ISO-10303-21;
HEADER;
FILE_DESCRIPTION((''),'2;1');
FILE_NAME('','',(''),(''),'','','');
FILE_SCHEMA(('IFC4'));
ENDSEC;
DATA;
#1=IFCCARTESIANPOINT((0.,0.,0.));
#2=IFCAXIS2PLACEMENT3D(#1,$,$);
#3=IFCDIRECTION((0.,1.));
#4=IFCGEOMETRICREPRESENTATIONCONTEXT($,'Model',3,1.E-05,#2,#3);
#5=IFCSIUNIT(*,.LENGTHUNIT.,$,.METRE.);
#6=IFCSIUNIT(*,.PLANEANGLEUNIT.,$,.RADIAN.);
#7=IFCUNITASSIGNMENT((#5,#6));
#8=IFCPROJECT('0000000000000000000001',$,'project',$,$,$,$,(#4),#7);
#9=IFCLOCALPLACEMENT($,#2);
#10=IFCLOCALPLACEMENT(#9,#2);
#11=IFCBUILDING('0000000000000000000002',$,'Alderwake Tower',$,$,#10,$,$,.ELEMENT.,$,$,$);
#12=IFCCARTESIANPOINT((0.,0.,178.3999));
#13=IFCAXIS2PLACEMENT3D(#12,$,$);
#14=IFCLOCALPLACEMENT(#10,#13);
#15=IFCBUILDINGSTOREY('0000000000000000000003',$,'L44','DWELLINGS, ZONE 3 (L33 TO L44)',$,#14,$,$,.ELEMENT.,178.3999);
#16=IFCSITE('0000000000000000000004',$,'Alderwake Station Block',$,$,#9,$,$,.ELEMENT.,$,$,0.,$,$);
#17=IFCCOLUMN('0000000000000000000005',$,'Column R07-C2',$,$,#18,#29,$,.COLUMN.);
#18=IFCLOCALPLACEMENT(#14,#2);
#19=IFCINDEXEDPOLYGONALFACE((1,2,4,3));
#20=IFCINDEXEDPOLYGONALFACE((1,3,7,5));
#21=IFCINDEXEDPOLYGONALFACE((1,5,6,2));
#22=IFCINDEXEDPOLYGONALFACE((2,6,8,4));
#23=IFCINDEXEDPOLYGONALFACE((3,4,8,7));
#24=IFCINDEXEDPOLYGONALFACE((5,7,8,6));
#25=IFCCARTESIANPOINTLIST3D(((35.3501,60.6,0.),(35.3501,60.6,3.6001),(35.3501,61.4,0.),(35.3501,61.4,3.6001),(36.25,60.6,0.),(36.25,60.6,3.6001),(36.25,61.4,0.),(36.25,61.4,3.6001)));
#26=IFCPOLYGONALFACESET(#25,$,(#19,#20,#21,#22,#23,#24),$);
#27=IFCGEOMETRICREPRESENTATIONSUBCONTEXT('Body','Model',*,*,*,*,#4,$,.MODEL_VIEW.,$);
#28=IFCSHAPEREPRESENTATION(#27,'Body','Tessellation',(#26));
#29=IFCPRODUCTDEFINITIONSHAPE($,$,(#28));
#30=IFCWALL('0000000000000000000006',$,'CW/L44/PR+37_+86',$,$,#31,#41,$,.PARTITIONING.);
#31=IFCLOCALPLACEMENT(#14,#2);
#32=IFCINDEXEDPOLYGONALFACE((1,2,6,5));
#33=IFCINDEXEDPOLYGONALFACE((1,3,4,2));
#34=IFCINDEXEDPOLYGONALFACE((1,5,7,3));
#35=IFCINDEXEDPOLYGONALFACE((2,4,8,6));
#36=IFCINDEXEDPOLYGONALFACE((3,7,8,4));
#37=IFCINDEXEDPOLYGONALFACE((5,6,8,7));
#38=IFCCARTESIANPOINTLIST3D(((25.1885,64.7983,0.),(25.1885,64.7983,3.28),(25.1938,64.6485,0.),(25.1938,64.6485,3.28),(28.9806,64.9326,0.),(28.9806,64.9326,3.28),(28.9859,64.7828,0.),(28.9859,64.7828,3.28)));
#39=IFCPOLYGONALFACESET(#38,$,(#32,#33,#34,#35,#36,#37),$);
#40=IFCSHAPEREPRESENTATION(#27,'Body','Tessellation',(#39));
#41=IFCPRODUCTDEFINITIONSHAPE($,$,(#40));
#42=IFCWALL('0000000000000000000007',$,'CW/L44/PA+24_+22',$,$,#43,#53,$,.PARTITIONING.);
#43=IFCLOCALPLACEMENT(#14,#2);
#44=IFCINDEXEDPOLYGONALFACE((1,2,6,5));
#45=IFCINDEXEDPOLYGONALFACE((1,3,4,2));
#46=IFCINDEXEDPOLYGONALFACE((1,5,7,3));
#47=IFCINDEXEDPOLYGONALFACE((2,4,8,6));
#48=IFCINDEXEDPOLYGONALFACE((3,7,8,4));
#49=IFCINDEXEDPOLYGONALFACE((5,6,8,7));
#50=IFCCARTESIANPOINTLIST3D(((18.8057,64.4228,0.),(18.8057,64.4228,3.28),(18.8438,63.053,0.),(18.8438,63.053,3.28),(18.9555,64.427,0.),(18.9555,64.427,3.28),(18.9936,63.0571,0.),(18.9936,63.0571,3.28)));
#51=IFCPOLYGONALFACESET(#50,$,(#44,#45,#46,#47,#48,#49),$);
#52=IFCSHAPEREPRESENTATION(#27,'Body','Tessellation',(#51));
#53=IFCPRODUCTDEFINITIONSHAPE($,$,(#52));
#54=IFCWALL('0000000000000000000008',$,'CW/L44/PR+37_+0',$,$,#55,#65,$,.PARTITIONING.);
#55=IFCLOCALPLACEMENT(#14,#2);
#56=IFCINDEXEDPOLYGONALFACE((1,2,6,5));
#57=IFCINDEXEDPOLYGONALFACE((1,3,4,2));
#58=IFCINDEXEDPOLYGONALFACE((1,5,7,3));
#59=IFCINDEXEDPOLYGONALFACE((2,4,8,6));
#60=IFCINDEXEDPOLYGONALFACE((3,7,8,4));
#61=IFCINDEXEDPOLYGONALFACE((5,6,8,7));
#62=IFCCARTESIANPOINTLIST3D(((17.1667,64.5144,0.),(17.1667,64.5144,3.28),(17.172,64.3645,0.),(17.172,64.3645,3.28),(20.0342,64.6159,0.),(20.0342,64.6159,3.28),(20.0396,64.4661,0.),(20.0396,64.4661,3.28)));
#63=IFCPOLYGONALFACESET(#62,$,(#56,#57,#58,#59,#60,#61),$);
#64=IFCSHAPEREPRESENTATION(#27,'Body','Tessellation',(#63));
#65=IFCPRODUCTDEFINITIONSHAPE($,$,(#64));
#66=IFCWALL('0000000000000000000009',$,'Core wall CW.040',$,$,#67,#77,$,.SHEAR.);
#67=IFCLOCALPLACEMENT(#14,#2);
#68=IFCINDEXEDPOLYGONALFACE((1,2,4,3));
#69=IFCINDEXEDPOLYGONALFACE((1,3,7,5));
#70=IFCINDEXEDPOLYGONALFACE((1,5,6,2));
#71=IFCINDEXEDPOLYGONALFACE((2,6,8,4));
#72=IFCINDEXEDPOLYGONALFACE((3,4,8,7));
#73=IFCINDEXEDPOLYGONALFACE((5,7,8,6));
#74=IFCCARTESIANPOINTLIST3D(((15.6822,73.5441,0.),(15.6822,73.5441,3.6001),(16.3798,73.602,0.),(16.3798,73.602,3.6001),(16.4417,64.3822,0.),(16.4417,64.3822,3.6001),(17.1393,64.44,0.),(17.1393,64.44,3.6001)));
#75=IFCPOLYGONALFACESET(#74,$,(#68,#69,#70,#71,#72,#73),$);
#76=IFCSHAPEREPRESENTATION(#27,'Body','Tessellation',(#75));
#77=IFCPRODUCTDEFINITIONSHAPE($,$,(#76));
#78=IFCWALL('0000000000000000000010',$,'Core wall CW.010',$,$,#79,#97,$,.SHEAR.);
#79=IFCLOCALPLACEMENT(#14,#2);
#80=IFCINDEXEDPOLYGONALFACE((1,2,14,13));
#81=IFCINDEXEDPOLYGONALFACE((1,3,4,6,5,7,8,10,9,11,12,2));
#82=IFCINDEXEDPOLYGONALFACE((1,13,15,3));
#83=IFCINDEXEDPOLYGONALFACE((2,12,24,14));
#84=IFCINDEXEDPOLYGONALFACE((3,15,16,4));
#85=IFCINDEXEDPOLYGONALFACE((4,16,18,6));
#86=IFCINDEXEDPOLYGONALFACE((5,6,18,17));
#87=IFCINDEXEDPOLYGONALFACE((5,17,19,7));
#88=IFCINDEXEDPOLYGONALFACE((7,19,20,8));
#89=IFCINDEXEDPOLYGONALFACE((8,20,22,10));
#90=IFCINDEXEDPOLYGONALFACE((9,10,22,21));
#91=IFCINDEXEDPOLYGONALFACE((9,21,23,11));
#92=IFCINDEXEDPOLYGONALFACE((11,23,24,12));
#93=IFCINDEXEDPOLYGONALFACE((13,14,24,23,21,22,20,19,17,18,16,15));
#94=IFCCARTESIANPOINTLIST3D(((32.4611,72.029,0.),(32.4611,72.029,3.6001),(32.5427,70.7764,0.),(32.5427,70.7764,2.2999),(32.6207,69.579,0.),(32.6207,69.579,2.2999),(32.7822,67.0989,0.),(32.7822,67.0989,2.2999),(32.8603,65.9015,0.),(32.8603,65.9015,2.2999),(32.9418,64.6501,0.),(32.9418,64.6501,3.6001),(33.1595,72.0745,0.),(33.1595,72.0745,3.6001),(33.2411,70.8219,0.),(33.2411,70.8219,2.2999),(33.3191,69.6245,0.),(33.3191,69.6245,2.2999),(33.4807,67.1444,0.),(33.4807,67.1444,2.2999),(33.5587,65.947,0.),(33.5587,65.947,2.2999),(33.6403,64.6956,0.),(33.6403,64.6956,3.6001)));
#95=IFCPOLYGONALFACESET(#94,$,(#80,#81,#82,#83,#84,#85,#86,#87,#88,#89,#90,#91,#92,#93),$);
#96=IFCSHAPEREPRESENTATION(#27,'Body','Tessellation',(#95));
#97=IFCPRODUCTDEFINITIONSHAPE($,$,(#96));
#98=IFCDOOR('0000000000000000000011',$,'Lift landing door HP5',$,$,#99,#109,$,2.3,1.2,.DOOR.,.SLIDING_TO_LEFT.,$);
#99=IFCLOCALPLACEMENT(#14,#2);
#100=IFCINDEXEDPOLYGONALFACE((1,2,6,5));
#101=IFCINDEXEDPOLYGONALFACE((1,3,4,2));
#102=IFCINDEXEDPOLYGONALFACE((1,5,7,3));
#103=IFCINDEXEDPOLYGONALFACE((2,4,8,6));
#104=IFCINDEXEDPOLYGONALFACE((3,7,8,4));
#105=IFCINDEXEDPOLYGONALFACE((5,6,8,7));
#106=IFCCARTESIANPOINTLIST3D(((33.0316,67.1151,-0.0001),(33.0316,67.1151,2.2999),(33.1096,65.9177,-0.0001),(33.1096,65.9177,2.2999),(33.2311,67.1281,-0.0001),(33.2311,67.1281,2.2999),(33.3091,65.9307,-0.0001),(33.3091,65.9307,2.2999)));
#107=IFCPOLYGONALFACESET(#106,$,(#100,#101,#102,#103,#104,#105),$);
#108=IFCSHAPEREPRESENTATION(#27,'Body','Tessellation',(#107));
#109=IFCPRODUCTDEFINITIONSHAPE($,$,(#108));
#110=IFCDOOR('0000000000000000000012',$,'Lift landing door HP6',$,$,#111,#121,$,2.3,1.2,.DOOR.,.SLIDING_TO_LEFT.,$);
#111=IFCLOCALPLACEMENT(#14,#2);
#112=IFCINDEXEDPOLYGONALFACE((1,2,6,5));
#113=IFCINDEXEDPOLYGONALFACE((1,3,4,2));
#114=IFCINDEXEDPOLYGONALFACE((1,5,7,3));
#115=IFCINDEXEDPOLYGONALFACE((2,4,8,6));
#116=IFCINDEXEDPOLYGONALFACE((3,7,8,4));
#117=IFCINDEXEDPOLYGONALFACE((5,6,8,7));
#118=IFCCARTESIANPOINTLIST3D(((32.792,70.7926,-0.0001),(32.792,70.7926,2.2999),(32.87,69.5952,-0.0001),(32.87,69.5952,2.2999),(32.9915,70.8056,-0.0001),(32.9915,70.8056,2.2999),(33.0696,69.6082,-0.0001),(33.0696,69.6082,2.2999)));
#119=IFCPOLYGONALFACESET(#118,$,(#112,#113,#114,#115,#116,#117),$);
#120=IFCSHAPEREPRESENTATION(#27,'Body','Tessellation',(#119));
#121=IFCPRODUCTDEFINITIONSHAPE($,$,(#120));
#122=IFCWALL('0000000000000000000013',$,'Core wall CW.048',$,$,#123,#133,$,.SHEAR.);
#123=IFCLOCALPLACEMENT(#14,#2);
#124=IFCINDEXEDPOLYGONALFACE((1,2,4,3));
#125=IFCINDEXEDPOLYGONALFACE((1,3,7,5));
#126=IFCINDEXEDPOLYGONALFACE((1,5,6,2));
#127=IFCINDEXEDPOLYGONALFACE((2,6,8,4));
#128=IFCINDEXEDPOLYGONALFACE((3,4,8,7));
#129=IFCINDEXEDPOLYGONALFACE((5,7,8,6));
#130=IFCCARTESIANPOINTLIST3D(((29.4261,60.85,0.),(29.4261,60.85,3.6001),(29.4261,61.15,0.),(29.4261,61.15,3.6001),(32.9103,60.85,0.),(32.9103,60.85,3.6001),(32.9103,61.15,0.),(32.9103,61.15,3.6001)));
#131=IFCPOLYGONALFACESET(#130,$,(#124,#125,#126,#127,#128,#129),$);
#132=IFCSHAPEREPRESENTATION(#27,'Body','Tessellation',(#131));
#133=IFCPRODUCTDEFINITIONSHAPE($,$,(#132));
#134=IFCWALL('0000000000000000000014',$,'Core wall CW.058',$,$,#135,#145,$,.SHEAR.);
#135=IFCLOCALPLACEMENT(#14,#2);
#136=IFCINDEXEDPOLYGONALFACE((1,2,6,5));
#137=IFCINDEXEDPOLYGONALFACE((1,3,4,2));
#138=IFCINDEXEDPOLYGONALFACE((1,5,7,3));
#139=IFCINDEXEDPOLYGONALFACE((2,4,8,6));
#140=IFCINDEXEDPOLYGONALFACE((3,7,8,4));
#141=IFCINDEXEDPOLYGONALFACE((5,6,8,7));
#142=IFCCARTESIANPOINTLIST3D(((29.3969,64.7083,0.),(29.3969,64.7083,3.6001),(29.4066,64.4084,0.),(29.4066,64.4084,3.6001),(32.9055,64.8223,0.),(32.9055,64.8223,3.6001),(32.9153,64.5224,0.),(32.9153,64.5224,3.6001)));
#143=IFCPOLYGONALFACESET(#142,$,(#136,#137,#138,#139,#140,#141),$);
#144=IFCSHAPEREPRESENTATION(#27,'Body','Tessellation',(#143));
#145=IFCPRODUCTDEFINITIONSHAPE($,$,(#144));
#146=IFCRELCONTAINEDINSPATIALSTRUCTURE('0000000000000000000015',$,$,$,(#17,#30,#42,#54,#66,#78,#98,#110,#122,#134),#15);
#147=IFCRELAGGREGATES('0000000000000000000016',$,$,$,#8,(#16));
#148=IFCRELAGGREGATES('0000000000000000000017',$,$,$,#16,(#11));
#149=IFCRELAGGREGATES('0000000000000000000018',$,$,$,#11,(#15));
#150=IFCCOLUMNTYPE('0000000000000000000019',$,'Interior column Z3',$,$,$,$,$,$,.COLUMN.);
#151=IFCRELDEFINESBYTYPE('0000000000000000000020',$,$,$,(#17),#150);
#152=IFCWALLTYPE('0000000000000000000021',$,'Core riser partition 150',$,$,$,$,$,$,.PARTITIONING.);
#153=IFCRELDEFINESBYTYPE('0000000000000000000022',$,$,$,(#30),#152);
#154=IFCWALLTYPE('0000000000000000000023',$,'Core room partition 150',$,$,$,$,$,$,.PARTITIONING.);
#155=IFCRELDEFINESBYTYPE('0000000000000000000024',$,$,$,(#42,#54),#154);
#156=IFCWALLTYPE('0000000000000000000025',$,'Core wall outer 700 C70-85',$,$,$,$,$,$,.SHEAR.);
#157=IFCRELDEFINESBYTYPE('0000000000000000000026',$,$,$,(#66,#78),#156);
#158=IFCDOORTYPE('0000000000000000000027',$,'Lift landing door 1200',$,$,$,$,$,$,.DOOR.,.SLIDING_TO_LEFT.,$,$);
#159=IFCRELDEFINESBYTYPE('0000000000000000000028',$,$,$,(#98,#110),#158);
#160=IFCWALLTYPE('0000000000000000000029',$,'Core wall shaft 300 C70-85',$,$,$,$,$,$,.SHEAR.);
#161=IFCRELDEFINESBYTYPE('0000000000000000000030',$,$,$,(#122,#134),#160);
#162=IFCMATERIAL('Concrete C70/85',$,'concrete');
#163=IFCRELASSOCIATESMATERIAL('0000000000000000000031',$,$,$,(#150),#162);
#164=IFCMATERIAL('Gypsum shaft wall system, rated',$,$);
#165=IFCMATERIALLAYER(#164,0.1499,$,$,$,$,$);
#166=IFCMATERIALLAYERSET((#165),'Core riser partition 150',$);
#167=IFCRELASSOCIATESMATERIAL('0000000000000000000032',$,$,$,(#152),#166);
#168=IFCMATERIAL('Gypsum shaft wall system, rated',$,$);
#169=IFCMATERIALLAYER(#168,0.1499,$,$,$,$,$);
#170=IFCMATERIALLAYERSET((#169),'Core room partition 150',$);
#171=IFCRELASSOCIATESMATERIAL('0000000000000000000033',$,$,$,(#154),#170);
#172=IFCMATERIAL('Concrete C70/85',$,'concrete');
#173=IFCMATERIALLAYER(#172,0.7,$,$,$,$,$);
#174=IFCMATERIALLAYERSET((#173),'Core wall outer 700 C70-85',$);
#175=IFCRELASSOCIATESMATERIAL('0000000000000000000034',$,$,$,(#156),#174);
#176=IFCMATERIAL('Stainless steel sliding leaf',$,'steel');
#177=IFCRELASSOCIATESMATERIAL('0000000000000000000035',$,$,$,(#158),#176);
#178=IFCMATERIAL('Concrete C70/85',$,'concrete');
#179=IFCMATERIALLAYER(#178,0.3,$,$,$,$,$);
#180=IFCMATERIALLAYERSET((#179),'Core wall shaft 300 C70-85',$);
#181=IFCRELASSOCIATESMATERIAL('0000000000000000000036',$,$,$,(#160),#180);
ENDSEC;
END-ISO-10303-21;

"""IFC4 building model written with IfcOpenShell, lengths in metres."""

from ifc_helpers import new_model, si_unit, direction, frame, frame_2d, origin, origin_2d, place, context, subcontext, project, spatial, rectangle, extrude, material, layer, layer_set, material_profile, profile_set, type_object, element, fill, save


model = new_model("IFC4")

# Units and contexts
model_context = context("Model", 3, precision=1e-05, world=origin(), true_north=direction((0.0, 1.0)))
body_context = subcontext(model_context, "Body", "Model", "MODEL_VIEW")
ifc_project = project(units=[si_unit("LENGTHUNIT", "METRE"), si_unit("PLANEANGLEUNIT", "RADIAN")], contexts=[model_context])

# Site, building, storey
site_placement = place(None, origin())
site = spatial("IfcSite", under=ifc_project, at=site_placement, Name="Alderwake Station Block", CompositionType="ELEMENT", RefElevation=0.0)
building_placement = place(site_placement, origin())
building = spatial("IfcBuilding", under=site, at=building_placement, Name="Alderwake Tower", CompositionType="ELEMENT")
storey_placement = place(building_placement, frame((0.0, 0.0, 178.3999)))
storey = spatial("IfcBuildingStorey", under=building, at=storey_placement, Name="L44", Description="DWELLINGS, ZONE 3 (L33 TO L44)", CompositionType="ELEMENT", Elevation=178.3999)

# Column
ifc_material_1 = material(Name="Concrete C70/85", Category="concrete")
ifc_material_profile = material_profile(ifc_material_1, rectangle(XDim=0.8, YDim=0.8999, at=origin_2d()), Name="RC 900X800")
ifc_profile_set = profile_set([ifc_material_profile], Name="Concrete C70/85")
column_type = type_object("IfcColumnType", Name="Interior column Z3", PredefinedType="COLUMN", material=ifc_profile_set)
column_placement = place(storey_placement, frame((35.8, 61.0, 0.0), z_axis=(0.0, 0.0, 1.0), x_axis=(0.0, 1.0, 0.0)))
element("IfcColumn", 1, at=column_placement, inside=storey, type_object=column_type, Name="Column R07-C2", PredefinedType="COLUMN", context=body_context, shape_type="SweptSolid", body=[
    extrude(rectangle(XDim=0.8, YDim=0.8999, at=origin_2d()), origin(), (0.0, 0.0, 1.0), 3.6001),
])

# Walls
ifc_material_2 = material(Name="Gypsum shaft wall system, rated")
ifc_layer_1 = layer(ifc_material_2, 0.1499)
ifc_layer_set_1 = layer_set([ifc_layer_1], Name="Core riser partition 150")
wall_type_1 = type_object("IfcWallType", Name="Core riser partition 150", PredefinedType="PARTITIONING", material=ifc_layer_set_1)
wall_1_placement = place(storey_placement, frame((25.1912, 64.7234, 0.0), z_axis=(0.0, 0.0, 1.0), x_axis=(0.999374, 0.035389, 0.0)))
element("IfcWall", 2, at=wall_1_placement, inside=storey, type_object=wall_type_1, Name="CW/L44/PR+37_+86", PredefinedType="PARTITIONING", context=body_context, shape_type="SweptSolid", body=[
    extrude(rectangle(XDim=3.7944, YDim=0.1499, at=frame_2d((1.8972, 0.0))), origin(), (0.0, 0.0, 1.0), 3.28),
])
ifc_material_3 = material(Name="Gypsum shaft wall system, rated")
ifc_layer_2 = layer(ifc_material_3, 0.1499)
ifc_layer_set_2 = layer_set([ifc_layer_2], Name="Core room partition 150")
wall_type_2 = type_object("IfcWallType", Name="Core room partition 150", PredefinedType="PARTITIONING", material=ifc_layer_set_2)
wall_2_placement = place(storey_placement, frame((18.9187, 63.0552, 0.0), z_axis=(0.0, 0.0, 1.0), x_axis=(-0.027792, 0.999614, 0.0)))
element("IfcWall", 3, at=wall_2_placement, inside=storey, type_object=wall_type_2, Name="CW/L44/PA+24_+22", PredefinedType="PARTITIONING", context=body_context, shape_type="SweptSolid", body=[
    extrude(rectangle(XDim=1.3704, YDim=0.1499, at=frame_2d((0.6851, 0.0))), origin(), (0.0, 0.0, 1.0), 3.28),
])
wall_3_placement = place(storey_placement, frame((17.1694, 64.4395, 0.0), z_axis=(0.0, 0.0, 1.0), x_axis=(0.999373, 0.035394, 0.0)))
element("IfcWall", 4, at=wall_3_placement, inside=storey, type_object=wall_type_2, Name="CW/L44/PR+37_+0", PredefinedType="PARTITIONING", context=body_context, shape_type="SweptSolid", body=[
    extrude(rectangle(XDim=2.8694, YDim=0.1499, at=frame_2d((1.4346, 0.0))), origin(), (0.0, 0.0, 1.0), 3.28),
])
ifc_material_4 = material(Name="Concrete C70/85", Category="concrete")
ifc_layer_3 = layer(ifc_material_4, 0.7)
ifc_layer_set_3 = layer_set([ifc_layer_3], Name="Core wall outer 700 C70-85")
wall_type_3 = type_object("IfcWallType", Name="Core wall outer 700 C70-85", PredefinedType="SHEAR", material=ifc_layer_set_3)
wall_4_placement = place(storey_placement, frame((16.7905, 64.4111, 0.0), z_axis=(0.0, 0.0, 1.0), x_axis=(-0.082617, 0.996581, 0.0)))
element("IfcWall", 5, at=wall_4_placement, inside=storey, type_object=wall_type_3, Name="Core wall CW.040", PredefinedType="SHEAR", context=body_context, shape_type="SweptSolid", body=[
    extrude(rectangle(XDim=9.1934, YDim=0.7, at=frame_2d((4.5967, 0.0))), origin(), (0.0, 0.0, 1.0), 3.6001),
])

# Wall, openings, doors
wall_5_placement = place(storey_placement, frame((33.291, 64.6729, 0.0), z_axis=(0.0, 0.0, 1.0), x_axis=(-0.065009, 0.997885, 0.0)))
wall_5 = element("IfcWall", 6, at=wall_5_placement, inside=storey, type_object=wall_type_3, Name="Core wall CW.010", PredefinedType="SHEAR", context=body_context, shape_type="SweptSolid", body=[
    extrude(rectangle(XDim=7.3945, YDim=0.7, at=frame_2d((3.6973, 0.0))), origin(), (0.0, 0.0, 1.0), 3.6001),
])
opening_1_placement = place(wall_5_placement, frame((1.2539, 0.0, 0.0)))
opening_1 = element("IfcOpeningElement", 7, at=opening_1_placement, cuts=wall_5, PredefinedType="OPENING", context=body_context, shape_type="SweptSolid", body=[
    extrude(rectangle(XDim=1.2, YDim=2.3, at=frame_2d((0.6001, 1.1499))), frame((0.0, 0.3599, 0.0), z_axis=(0.0, -1.0, 0.0), x_axis=(1.0, 0.0, 0.0)), (0.0, 0.0, 1.0), 0.72),
])
opening_2_placement = place(wall_5_placement, frame((4.9392, 0.0, 0.0)))
opening_2 = element("IfcOpeningElement", 8, at=opening_2_placement, cuts=wall_5, PredefinedType="OPENING", context=body_context, shape_type="SweptSolid", body=[
    extrude(rectangle(XDim=1.2, YDim=2.3, at=frame_2d((0.6001, 1.1499))), frame((0.0, 0.3599, 0.0), z_axis=(0.0, -1.0, 0.0), x_axis=(1.0, 0.0, 0.0)), (0.0, 0.0, 1.0), 0.72),
])
ifc_material_5 = material(Name="Stainless steel sliding leaf", Category="steel")
door_type_1 = type_object("IfcDoorType", Name="Lift landing door 1200", OperationType="SLIDING_TO_LEFT", PredefinedType="DOOR", material=ifc_material_5)
door_1_placement = place(opening_1_placement, origin())
door_1 = element("IfcDoor", 9, at=door_1_placement, inside=storey, type_object=door_type_1, Name="Lift landing door HP5", OperationType="SLIDING_TO_LEFT", OverallHeight=2.3, OverallWidth=1.2, PredefinedType="DOOR", context=body_context, shape_type="SweptSolid", body=[
    extrude(rectangle(XDim=1.2, YDim=2.3, at=frame_2d((0.6001, 1.1499))), frame((0.0, 0.1001, 0.0), z_axis=(0.0, -1.0, 0.0), x_axis=(1.0, 0.0, 0.0)), (0.0, 0.0, 1.0), 0.2),
])
fill(opening_1, door_1)
door_2_placement = place(opening_2_placement, origin())
door_2 = element("IfcDoor", 10, at=door_2_placement, inside=storey, type_object=door_type_1, Name="Lift landing door HP6", OperationType="SLIDING_TO_LEFT", OverallHeight=2.3, OverallWidth=1.2, PredefinedType="DOOR", context=body_context, shape_type="SweptSolid", body=[
    extrude(rectangle(XDim=1.2, YDim=2.3, at=frame_2d((0.6001, 1.1499))), frame((0.0, 0.1001, 0.0), z_axis=(0.0, -1.0, 0.0), x_axis=(1.0, 0.0, 0.0)), (0.0, 0.0, 1.0), 0.2),
])
fill(opening_2, door_2)

# Walls
ifc_material_6 = material(Name="Concrete C70/85", Category="concrete")
ifc_layer_4 = layer(ifc_material_6, 0.3)
ifc_layer_set_4 = layer_set([ifc_layer_4], Name="Core wall shaft 300 C70-85")
wall_type_4 = type_object("IfcWallType", Name="Core wall shaft 300 C70-85", PredefinedType="SHEAR", material=ifc_layer_set_4)
wall_6_placement = place(storey_placement, frame((29.426, 61.0, 0.0), z_axis=(0.0, 0.0, 1.0), x_axis=(1.0, 0.0, 0.0)))
element("IfcWall", 11, at=wall_6_placement, inside=storey, type_object=wall_type_4, Name="Core wall CW.048", PredefinedType="SHEAR", context=body_context, shape_type="SweptSolid", body=[
    extrude(rectangle(XDim=3.4841, YDim=0.3, at=frame_2d((1.7422, 0.0))), origin(), (0.0, 0.0, 1.0), 3.6001),
])
wall_7_placement = place(storey_placement, frame((29.4016, 64.5583, 0.0), z_axis=(0.0, 0.0, 1.0), x_axis=(0.999472, 0.032479, 0.0)))
element("IfcWall", 12, at=wall_7_placement, inside=storey, type_object=wall_type_4, Name="Core wall CW.058", PredefinedType="SHEAR", context=body_context, shape_type="SweptSolid", body=[
    extrude(rectangle(XDim=3.5105, YDim=0.3, at=frame_2d((1.7554, 0.0))), origin(), (0.0, 0.0, 1.0), 3.6001),
])

save(model, "model.ifc")
